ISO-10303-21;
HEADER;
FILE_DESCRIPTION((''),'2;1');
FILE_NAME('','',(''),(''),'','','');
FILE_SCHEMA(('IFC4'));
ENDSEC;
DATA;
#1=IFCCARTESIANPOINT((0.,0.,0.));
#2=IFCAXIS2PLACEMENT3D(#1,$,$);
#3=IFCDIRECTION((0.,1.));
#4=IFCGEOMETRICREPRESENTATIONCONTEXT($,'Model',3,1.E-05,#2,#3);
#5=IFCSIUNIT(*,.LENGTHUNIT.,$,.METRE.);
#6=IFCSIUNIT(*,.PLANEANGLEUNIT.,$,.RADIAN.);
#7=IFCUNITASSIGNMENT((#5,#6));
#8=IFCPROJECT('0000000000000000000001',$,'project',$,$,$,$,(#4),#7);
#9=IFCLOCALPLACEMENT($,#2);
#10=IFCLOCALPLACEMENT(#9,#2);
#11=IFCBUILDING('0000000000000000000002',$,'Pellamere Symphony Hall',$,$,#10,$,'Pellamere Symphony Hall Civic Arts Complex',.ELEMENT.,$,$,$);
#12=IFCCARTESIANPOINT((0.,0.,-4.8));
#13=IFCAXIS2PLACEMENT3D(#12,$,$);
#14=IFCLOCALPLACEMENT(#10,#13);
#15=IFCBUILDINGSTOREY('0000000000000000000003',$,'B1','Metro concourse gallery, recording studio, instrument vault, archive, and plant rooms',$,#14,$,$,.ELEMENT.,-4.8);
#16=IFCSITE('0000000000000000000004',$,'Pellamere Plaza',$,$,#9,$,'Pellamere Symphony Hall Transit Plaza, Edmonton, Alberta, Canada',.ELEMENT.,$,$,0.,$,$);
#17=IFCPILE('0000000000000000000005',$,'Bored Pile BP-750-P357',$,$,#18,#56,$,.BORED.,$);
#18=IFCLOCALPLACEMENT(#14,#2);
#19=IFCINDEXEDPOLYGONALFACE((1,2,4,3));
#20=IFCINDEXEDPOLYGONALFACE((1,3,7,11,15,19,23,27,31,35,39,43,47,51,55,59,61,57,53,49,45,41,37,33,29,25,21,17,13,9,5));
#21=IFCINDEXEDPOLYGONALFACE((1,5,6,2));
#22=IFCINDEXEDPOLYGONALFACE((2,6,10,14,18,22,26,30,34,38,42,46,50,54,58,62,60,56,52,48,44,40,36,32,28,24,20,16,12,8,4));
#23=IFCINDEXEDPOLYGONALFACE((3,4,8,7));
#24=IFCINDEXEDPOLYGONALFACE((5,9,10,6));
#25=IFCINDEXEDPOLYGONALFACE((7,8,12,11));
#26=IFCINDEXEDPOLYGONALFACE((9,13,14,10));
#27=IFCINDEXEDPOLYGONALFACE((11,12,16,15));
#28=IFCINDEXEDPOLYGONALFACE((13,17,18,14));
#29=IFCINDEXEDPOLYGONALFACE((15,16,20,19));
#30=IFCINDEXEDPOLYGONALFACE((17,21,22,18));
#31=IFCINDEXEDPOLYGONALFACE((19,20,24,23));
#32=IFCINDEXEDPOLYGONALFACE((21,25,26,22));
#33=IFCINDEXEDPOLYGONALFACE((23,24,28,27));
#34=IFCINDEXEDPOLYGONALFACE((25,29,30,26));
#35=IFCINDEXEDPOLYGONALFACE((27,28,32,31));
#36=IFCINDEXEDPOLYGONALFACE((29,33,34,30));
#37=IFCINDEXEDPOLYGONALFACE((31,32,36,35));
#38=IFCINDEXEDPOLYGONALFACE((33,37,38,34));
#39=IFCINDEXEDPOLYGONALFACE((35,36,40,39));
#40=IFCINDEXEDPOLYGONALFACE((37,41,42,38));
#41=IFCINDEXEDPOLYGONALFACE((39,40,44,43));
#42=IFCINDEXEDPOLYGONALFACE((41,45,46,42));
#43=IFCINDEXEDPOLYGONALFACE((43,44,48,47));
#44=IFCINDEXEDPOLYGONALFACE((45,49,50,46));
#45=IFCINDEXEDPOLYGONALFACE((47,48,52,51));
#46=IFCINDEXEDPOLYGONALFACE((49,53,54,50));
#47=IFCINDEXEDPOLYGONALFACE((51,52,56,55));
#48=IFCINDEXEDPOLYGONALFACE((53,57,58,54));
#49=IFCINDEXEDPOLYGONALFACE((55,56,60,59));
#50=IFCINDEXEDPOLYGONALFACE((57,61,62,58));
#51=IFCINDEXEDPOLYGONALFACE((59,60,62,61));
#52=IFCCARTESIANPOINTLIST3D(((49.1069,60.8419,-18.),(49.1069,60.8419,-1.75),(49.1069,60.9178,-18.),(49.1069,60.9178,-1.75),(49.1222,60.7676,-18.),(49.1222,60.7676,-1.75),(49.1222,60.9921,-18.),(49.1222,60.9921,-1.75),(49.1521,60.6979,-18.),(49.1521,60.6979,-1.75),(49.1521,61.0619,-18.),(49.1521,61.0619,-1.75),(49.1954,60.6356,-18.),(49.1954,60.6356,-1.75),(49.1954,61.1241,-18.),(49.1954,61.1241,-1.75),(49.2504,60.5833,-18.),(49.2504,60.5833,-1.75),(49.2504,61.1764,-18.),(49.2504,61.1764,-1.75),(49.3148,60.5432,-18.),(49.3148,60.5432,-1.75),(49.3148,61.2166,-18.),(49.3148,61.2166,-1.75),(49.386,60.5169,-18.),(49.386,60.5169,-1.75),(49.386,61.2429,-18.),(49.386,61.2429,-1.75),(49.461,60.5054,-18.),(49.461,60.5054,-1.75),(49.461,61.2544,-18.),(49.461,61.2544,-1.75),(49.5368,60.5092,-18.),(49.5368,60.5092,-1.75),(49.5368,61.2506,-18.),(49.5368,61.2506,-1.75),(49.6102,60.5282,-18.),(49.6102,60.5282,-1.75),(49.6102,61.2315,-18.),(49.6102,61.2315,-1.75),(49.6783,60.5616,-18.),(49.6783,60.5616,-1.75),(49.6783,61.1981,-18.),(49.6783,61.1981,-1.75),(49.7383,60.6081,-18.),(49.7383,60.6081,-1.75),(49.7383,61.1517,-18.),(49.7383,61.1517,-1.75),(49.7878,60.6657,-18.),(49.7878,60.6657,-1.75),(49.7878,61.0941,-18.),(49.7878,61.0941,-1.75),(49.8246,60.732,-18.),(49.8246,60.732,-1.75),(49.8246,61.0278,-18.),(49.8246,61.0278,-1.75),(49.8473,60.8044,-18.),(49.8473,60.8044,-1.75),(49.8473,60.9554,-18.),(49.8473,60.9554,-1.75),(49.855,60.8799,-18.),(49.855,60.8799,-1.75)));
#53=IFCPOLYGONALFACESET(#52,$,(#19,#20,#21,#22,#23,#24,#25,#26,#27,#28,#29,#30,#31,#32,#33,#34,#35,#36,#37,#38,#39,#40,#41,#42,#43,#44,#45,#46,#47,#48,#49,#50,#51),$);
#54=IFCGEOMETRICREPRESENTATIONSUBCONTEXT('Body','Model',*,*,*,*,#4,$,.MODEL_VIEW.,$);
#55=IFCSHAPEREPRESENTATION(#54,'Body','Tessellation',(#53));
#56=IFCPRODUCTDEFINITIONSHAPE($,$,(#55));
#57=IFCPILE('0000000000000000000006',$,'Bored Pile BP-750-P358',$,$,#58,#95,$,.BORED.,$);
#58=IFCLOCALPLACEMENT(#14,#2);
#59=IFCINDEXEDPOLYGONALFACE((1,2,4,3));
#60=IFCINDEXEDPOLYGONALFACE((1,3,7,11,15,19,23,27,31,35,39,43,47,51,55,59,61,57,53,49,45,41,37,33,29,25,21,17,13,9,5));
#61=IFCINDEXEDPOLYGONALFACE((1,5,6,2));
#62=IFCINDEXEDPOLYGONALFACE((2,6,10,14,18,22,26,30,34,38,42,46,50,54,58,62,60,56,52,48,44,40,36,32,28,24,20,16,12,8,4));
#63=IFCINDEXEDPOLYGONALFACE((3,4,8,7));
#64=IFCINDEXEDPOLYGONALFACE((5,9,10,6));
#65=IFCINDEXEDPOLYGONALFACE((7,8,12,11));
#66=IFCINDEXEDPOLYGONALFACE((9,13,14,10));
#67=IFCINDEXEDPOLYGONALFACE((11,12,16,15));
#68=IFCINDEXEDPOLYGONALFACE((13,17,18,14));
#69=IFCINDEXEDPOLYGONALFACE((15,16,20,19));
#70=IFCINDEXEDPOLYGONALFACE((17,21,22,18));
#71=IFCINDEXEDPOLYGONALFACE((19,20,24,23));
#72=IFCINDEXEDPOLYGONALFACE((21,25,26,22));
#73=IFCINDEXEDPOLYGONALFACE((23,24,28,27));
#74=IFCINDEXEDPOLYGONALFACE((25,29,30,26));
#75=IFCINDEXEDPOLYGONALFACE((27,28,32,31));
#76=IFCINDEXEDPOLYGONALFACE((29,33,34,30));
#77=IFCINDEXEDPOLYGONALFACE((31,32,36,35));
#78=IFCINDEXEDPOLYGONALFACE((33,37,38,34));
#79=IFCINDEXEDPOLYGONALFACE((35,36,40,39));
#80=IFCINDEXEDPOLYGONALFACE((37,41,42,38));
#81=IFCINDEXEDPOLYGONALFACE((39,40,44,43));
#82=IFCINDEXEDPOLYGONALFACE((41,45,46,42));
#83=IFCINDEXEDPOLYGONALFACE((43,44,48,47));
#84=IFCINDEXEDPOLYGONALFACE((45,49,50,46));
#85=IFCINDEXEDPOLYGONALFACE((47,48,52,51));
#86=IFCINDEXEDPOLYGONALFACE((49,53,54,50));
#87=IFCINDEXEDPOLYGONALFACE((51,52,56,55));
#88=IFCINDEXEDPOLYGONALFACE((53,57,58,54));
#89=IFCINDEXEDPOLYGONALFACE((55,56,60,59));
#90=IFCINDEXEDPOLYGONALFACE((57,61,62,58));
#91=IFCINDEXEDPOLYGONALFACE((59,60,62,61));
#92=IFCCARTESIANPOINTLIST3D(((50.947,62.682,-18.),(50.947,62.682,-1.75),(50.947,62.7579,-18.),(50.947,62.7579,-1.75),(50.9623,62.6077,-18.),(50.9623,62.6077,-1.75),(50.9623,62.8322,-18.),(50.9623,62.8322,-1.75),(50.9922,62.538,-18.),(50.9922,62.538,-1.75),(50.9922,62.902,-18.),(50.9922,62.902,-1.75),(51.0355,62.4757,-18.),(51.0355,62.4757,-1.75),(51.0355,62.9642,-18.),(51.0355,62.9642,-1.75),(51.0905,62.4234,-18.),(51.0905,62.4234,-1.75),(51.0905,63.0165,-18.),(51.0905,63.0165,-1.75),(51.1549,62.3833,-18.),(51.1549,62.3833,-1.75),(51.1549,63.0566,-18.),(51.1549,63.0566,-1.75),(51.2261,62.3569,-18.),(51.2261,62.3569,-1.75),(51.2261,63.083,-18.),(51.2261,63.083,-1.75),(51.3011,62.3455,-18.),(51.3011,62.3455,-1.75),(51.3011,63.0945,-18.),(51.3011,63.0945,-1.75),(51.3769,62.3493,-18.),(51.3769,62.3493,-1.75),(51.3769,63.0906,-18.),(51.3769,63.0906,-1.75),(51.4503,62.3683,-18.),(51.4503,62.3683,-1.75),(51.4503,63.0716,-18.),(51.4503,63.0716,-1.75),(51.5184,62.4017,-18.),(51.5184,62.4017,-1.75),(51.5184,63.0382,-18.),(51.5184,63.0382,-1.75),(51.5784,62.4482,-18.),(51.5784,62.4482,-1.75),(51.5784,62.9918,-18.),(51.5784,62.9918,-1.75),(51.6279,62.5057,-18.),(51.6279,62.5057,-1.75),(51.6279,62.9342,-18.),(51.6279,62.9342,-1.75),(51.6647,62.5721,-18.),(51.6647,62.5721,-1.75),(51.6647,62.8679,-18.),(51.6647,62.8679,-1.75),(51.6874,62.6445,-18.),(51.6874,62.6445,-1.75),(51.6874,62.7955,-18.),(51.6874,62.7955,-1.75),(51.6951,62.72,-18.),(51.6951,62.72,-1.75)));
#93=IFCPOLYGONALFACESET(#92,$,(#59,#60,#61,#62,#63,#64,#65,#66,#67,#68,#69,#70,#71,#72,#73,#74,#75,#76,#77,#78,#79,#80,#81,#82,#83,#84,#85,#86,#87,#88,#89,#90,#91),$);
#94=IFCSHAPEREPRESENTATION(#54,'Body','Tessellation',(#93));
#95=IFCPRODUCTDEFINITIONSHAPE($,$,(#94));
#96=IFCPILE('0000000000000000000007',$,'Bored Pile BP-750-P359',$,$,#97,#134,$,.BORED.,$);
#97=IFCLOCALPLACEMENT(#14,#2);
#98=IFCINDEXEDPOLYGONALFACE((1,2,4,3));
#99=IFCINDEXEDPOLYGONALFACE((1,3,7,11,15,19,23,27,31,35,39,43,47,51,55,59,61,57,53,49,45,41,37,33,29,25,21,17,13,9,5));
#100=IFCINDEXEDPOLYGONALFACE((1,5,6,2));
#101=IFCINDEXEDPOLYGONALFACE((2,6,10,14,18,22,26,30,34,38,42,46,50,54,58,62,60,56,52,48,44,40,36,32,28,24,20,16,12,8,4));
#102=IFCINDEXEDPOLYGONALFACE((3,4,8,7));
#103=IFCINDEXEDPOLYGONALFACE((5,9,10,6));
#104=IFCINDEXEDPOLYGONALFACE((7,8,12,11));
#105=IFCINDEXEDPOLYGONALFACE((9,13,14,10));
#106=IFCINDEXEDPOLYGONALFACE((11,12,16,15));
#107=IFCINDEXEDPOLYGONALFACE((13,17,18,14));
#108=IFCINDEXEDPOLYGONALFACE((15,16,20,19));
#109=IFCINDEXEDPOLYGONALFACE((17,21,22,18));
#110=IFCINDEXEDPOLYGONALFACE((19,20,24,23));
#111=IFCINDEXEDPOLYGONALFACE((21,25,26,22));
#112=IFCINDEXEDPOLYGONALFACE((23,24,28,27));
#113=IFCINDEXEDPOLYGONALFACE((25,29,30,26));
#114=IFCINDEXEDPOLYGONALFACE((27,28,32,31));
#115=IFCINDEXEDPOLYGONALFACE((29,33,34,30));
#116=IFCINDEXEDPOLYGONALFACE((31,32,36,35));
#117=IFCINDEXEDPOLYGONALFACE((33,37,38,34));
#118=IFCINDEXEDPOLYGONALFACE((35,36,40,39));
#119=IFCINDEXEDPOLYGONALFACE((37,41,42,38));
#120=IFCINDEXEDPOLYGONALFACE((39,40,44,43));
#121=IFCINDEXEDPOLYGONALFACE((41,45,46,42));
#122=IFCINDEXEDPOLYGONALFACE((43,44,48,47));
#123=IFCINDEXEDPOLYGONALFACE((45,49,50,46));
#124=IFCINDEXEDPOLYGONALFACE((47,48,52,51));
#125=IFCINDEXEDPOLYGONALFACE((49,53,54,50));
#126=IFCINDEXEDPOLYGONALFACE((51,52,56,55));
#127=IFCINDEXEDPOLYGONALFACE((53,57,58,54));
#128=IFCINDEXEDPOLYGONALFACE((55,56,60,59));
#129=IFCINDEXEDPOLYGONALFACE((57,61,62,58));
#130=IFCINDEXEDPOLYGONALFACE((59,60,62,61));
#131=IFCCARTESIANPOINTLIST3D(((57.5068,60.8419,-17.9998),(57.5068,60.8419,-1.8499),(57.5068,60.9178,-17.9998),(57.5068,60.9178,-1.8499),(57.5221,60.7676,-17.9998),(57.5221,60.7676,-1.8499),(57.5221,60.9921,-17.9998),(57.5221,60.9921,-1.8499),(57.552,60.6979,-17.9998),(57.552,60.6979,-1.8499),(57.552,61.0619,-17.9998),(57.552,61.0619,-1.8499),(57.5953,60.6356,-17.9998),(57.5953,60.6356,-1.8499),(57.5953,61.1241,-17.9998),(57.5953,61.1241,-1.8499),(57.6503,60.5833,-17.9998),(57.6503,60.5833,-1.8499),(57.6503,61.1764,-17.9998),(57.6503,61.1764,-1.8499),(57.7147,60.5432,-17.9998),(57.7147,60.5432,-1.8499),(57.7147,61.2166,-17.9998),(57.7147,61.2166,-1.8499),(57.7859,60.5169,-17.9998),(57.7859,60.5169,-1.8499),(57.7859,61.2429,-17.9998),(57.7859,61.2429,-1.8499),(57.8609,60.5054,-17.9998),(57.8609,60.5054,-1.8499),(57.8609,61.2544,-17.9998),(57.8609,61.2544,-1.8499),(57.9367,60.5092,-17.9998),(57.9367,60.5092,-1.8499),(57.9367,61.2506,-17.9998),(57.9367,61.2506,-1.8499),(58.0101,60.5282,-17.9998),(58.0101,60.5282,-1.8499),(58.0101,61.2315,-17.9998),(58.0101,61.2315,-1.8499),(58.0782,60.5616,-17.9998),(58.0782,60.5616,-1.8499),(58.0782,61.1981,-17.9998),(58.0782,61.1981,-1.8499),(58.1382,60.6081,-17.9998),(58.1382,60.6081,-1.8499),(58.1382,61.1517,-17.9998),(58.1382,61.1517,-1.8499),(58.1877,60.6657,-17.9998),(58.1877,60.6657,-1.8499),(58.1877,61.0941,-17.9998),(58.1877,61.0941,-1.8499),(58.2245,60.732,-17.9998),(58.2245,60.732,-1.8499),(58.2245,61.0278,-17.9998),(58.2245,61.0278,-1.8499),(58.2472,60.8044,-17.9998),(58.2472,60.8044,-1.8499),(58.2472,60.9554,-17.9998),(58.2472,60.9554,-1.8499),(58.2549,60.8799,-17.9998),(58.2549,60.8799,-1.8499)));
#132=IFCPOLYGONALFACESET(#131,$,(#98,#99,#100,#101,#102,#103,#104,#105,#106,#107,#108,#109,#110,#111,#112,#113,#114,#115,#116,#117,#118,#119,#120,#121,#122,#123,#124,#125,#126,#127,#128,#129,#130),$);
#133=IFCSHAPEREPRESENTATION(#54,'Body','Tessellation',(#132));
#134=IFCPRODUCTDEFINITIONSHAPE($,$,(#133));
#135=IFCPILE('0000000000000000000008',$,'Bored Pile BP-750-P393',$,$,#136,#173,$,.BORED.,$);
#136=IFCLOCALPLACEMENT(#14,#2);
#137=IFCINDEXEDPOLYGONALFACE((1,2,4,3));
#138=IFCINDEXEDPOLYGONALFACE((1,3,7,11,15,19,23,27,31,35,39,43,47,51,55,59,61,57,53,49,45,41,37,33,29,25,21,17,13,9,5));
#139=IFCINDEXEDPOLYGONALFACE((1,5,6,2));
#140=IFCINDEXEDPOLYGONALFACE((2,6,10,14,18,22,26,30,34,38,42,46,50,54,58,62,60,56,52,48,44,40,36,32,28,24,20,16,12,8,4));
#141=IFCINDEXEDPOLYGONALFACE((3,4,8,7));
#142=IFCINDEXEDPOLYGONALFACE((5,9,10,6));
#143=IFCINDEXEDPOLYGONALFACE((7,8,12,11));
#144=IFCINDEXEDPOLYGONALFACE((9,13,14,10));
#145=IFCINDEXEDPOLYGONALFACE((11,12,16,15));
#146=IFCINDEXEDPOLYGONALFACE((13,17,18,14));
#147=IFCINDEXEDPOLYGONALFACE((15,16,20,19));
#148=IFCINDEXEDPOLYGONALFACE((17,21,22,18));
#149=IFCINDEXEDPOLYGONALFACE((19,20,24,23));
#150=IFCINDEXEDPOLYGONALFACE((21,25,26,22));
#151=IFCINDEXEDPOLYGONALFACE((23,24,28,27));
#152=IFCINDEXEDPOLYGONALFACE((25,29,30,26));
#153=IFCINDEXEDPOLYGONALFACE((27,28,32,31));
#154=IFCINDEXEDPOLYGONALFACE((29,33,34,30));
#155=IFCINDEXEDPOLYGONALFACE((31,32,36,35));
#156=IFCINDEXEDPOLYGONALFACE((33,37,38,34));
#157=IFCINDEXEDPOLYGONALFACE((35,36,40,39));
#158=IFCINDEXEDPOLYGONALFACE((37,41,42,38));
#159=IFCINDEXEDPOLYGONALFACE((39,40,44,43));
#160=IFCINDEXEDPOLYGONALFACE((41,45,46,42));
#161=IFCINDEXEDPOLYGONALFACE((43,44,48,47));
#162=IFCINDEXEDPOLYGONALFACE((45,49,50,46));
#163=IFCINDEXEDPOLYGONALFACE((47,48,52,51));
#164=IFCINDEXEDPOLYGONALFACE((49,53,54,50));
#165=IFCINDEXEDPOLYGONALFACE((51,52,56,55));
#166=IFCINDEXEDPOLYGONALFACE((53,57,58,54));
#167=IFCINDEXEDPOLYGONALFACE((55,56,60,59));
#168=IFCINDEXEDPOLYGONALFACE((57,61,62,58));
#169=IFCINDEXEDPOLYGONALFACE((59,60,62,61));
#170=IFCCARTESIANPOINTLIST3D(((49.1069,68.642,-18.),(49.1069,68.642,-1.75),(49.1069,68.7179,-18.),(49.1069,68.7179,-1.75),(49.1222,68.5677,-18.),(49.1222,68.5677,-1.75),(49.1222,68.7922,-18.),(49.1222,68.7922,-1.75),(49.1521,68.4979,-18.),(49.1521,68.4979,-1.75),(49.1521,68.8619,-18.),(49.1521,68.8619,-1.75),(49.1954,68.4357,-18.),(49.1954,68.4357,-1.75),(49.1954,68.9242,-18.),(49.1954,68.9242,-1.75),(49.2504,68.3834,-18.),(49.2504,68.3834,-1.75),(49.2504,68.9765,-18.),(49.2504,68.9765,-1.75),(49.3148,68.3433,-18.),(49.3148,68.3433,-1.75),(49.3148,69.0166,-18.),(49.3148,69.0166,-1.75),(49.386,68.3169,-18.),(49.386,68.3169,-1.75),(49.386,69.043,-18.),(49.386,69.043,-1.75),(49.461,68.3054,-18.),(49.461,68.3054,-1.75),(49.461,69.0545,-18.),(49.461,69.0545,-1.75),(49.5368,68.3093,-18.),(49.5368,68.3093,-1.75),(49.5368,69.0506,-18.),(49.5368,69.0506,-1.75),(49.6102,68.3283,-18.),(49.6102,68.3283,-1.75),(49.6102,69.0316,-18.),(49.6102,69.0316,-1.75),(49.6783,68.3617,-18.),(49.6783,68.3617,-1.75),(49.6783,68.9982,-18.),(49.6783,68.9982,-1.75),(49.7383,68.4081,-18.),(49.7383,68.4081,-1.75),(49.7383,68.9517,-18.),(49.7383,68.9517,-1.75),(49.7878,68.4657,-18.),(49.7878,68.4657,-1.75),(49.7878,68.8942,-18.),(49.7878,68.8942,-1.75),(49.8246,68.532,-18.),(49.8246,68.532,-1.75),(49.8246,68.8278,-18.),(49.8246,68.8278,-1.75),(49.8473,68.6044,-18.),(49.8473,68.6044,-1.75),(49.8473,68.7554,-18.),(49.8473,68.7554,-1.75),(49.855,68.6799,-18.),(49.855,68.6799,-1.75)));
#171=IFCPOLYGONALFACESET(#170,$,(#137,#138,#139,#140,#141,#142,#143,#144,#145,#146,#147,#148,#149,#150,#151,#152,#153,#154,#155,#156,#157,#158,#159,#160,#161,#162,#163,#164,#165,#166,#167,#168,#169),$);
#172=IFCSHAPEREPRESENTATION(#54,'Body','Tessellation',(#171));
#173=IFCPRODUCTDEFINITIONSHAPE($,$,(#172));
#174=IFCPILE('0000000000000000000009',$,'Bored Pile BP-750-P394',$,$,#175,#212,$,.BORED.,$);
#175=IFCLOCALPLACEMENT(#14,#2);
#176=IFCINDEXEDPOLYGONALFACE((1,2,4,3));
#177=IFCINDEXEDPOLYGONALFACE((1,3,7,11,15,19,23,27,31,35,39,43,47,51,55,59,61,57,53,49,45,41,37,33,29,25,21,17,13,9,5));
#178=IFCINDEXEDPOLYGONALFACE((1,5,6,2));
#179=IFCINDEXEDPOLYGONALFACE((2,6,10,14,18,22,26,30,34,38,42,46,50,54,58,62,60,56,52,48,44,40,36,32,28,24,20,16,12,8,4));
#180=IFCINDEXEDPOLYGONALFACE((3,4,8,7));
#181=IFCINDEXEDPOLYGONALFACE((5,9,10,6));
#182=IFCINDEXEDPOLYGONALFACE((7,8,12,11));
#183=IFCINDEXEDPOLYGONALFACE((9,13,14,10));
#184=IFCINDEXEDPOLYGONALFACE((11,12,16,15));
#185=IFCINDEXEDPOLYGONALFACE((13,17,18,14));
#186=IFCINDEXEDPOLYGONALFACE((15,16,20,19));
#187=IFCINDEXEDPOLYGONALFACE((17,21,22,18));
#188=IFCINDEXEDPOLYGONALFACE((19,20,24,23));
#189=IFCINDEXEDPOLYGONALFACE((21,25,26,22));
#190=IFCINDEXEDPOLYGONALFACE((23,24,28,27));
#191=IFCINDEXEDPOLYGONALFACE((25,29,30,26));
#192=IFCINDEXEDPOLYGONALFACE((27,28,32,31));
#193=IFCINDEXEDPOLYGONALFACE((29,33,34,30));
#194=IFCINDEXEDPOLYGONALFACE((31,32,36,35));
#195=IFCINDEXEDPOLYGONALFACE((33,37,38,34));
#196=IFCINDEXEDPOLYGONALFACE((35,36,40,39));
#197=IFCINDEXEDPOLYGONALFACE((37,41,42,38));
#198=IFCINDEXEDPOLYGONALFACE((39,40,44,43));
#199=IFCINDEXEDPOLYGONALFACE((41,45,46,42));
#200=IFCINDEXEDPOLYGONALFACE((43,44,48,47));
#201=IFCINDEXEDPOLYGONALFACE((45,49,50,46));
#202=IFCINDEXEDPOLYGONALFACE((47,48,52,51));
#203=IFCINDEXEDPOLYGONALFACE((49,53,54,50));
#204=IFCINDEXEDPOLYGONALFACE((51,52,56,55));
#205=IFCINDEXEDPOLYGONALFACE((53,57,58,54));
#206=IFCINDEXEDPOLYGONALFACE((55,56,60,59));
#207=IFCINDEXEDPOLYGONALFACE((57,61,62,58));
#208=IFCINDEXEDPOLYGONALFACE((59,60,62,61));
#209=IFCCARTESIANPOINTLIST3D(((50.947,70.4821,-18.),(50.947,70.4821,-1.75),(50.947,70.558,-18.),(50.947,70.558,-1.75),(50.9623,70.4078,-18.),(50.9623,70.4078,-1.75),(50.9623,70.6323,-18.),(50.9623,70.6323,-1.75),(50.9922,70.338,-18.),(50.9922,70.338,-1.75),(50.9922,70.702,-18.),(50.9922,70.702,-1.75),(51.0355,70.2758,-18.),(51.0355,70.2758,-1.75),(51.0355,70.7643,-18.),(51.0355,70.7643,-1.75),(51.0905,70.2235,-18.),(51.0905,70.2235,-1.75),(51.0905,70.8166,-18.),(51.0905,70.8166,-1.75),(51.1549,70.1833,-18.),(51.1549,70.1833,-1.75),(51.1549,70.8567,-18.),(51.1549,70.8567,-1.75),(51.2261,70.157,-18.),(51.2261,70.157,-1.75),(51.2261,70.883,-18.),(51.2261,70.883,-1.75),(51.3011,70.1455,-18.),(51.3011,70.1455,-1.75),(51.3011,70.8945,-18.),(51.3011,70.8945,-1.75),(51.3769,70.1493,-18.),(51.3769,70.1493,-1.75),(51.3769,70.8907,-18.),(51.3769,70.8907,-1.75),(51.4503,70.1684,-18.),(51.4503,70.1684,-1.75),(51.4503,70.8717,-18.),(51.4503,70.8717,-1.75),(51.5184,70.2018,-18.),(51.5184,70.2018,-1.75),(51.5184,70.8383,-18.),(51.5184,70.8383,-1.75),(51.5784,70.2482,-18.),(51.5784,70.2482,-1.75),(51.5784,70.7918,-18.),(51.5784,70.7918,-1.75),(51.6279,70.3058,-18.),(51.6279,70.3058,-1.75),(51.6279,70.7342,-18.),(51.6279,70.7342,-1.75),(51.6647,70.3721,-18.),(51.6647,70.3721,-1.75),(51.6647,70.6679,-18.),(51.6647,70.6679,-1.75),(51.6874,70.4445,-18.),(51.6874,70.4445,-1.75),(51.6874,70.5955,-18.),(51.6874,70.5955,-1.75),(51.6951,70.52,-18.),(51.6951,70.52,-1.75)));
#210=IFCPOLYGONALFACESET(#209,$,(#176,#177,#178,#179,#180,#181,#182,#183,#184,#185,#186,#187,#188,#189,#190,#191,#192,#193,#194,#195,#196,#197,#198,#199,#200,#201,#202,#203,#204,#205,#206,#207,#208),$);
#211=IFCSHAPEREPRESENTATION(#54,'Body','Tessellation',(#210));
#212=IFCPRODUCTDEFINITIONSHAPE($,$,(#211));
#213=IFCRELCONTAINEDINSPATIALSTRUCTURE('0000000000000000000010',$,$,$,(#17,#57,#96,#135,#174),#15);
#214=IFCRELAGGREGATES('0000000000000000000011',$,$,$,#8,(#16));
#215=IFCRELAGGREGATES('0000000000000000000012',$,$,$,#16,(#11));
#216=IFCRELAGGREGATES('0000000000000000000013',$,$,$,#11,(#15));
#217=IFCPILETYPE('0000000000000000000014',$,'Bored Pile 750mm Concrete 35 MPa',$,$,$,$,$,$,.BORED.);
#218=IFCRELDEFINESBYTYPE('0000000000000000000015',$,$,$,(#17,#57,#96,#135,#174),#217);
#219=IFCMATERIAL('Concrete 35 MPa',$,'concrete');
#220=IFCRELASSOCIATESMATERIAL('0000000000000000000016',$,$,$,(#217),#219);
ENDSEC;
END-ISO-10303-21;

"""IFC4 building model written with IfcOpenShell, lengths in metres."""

from ifc_helpers import new_model, si_unit, direction, frame, origin, origin_2d, place, context, subcontext, project, spatial, circle, extrude, material, material_profile, profile_set, type_object, element, save


model = new_model("IFC4")

# Units and contexts
model_context = context("Model", 3, precision=1e-05, world=origin(), true_north=direction((0.0, 1.0)))
body_context = subcontext(model_context, "Body", "Model", "MODEL_VIEW")
ifc_project = project(units=[si_unit("LENGTHUNIT", "METRE"), si_unit("PLANEANGLEUNIT", "RADIAN")], contexts=[model_context])

# Site, building, storey
site_placement = place(None, origin())
site = spatial("IfcSite", under=ifc_project, at=site_placement, Name="Pellamere Plaza", LongName="Pellamere Symphony Hall Transit Plaza, Edmonton, Alberta, Canada", CompositionType="ELEMENT", RefElevation=0.0)
building_placement = place(site_placement, origin())
building = spatial("IfcBuilding", under=site, at=building_placement, Name="Pellamere Symphony Hall", LongName="Pellamere Symphony Hall Civic Arts Complex", CompositionType="ELEMENT")
storey_placement = place(building_placement, frame((0.0, 0.0, -4.8)))
storey = spatial("IfcBuildingStorey", under=building, at=storey_placement, Name="B1", Description="Metro concourse gallery, recording studio, instrument vault, archive, and plant rooms", CompositionType="ELEMENT", Elevation=-4.8)

# Piles
ifc_material_1 = material(Name="Concrete 35 MPa", Category="concrete")
ifc_material_profile_1 = material_profile(ifc_material_1, circle(Radius=0.375, at=origin_2d()), Name="PILE D750")
ifc_profile_set_1 = profile_set([ifc_material_profile_1], Name="Concrete 35 MPa")
pile_type = type_object("IfcPileType", Name="Bored Pile 750mm Concrete 35 MPa", PredefinedType="BORED", material=ifc_profile_set_1)
for number, where, z_axis, x_axis, name in (
    (1, (49.48, 60.8799, -1.75), (0.0, 0.0, -1.0), (1.0, 0.0, 0.0), "Bored Pile BP-750-P357"),
    (2, (51.3201, 62.72, -1.75), (0.0, 0.0, -1.0), (1.0, 0.0, 0.0), "Bored Pile BP-750-P358"),
):
    element("IfcPile", number, at=place(storey_placement, frame(where, z_axis=z_axis, x_axis=x_axis)), inside=storey, type_object=pile_type, Name=name, PredefinedType="BORED", context=body_context, shape_type="SweptSolid", body=[
        extrude(circle(Radius=0.375, at=origin_2d()), origin(), (0.0, 0.0, 1.0), 16.25),
    ])
pile_1_placement = place(storey_placement, frame((57.8799, 60.8799, -1.8499), z_axis=(0.0, 0.0, -1.0), x_axis=(1.0, 0.0, 0.0)))
element("IfcPile", 3, at=pile_1_placement, inside=storey, type_object=pile_type, Name="Bored Pile BP-750-P359", PredefinedType="BORED", context=body_context, shape_type="SweptSolid", body=[
    extrude(circle(Radius=0.375, at=origin_2d()), origin(), (0.0, 0.0, 1.0), 16.1499),
])
for number, where, z_axis, x_axis, name in (
    (4, (49.48, 68.6799, -1.75), (0.0, 0.0, -1.0), (1.0, 0.0, 0.0), "Bored Pile BP-750-P393"),
    (5, (51.3201, 70.52, -1.75), (0.0, 0.0, -1.0), (1.0, 0.0, 0.0), "Bored Pile BP-750-P394"),
):
    element("IfcPile", number, at=place(storey_placement, frame(where, z_axis=z_axis, x_axis=x_axis)), inside=storey, type_object=pile_type, Name=name, PredefinedType="BORED", context=body_context, shape_type="SweptSolid", body=[
        extrude(circle(Radius=0.375, at=origin_2d()), origin(), (0.0, 0.0, 1.0), 16.25),
    ])

save(model, "model.ifc")
